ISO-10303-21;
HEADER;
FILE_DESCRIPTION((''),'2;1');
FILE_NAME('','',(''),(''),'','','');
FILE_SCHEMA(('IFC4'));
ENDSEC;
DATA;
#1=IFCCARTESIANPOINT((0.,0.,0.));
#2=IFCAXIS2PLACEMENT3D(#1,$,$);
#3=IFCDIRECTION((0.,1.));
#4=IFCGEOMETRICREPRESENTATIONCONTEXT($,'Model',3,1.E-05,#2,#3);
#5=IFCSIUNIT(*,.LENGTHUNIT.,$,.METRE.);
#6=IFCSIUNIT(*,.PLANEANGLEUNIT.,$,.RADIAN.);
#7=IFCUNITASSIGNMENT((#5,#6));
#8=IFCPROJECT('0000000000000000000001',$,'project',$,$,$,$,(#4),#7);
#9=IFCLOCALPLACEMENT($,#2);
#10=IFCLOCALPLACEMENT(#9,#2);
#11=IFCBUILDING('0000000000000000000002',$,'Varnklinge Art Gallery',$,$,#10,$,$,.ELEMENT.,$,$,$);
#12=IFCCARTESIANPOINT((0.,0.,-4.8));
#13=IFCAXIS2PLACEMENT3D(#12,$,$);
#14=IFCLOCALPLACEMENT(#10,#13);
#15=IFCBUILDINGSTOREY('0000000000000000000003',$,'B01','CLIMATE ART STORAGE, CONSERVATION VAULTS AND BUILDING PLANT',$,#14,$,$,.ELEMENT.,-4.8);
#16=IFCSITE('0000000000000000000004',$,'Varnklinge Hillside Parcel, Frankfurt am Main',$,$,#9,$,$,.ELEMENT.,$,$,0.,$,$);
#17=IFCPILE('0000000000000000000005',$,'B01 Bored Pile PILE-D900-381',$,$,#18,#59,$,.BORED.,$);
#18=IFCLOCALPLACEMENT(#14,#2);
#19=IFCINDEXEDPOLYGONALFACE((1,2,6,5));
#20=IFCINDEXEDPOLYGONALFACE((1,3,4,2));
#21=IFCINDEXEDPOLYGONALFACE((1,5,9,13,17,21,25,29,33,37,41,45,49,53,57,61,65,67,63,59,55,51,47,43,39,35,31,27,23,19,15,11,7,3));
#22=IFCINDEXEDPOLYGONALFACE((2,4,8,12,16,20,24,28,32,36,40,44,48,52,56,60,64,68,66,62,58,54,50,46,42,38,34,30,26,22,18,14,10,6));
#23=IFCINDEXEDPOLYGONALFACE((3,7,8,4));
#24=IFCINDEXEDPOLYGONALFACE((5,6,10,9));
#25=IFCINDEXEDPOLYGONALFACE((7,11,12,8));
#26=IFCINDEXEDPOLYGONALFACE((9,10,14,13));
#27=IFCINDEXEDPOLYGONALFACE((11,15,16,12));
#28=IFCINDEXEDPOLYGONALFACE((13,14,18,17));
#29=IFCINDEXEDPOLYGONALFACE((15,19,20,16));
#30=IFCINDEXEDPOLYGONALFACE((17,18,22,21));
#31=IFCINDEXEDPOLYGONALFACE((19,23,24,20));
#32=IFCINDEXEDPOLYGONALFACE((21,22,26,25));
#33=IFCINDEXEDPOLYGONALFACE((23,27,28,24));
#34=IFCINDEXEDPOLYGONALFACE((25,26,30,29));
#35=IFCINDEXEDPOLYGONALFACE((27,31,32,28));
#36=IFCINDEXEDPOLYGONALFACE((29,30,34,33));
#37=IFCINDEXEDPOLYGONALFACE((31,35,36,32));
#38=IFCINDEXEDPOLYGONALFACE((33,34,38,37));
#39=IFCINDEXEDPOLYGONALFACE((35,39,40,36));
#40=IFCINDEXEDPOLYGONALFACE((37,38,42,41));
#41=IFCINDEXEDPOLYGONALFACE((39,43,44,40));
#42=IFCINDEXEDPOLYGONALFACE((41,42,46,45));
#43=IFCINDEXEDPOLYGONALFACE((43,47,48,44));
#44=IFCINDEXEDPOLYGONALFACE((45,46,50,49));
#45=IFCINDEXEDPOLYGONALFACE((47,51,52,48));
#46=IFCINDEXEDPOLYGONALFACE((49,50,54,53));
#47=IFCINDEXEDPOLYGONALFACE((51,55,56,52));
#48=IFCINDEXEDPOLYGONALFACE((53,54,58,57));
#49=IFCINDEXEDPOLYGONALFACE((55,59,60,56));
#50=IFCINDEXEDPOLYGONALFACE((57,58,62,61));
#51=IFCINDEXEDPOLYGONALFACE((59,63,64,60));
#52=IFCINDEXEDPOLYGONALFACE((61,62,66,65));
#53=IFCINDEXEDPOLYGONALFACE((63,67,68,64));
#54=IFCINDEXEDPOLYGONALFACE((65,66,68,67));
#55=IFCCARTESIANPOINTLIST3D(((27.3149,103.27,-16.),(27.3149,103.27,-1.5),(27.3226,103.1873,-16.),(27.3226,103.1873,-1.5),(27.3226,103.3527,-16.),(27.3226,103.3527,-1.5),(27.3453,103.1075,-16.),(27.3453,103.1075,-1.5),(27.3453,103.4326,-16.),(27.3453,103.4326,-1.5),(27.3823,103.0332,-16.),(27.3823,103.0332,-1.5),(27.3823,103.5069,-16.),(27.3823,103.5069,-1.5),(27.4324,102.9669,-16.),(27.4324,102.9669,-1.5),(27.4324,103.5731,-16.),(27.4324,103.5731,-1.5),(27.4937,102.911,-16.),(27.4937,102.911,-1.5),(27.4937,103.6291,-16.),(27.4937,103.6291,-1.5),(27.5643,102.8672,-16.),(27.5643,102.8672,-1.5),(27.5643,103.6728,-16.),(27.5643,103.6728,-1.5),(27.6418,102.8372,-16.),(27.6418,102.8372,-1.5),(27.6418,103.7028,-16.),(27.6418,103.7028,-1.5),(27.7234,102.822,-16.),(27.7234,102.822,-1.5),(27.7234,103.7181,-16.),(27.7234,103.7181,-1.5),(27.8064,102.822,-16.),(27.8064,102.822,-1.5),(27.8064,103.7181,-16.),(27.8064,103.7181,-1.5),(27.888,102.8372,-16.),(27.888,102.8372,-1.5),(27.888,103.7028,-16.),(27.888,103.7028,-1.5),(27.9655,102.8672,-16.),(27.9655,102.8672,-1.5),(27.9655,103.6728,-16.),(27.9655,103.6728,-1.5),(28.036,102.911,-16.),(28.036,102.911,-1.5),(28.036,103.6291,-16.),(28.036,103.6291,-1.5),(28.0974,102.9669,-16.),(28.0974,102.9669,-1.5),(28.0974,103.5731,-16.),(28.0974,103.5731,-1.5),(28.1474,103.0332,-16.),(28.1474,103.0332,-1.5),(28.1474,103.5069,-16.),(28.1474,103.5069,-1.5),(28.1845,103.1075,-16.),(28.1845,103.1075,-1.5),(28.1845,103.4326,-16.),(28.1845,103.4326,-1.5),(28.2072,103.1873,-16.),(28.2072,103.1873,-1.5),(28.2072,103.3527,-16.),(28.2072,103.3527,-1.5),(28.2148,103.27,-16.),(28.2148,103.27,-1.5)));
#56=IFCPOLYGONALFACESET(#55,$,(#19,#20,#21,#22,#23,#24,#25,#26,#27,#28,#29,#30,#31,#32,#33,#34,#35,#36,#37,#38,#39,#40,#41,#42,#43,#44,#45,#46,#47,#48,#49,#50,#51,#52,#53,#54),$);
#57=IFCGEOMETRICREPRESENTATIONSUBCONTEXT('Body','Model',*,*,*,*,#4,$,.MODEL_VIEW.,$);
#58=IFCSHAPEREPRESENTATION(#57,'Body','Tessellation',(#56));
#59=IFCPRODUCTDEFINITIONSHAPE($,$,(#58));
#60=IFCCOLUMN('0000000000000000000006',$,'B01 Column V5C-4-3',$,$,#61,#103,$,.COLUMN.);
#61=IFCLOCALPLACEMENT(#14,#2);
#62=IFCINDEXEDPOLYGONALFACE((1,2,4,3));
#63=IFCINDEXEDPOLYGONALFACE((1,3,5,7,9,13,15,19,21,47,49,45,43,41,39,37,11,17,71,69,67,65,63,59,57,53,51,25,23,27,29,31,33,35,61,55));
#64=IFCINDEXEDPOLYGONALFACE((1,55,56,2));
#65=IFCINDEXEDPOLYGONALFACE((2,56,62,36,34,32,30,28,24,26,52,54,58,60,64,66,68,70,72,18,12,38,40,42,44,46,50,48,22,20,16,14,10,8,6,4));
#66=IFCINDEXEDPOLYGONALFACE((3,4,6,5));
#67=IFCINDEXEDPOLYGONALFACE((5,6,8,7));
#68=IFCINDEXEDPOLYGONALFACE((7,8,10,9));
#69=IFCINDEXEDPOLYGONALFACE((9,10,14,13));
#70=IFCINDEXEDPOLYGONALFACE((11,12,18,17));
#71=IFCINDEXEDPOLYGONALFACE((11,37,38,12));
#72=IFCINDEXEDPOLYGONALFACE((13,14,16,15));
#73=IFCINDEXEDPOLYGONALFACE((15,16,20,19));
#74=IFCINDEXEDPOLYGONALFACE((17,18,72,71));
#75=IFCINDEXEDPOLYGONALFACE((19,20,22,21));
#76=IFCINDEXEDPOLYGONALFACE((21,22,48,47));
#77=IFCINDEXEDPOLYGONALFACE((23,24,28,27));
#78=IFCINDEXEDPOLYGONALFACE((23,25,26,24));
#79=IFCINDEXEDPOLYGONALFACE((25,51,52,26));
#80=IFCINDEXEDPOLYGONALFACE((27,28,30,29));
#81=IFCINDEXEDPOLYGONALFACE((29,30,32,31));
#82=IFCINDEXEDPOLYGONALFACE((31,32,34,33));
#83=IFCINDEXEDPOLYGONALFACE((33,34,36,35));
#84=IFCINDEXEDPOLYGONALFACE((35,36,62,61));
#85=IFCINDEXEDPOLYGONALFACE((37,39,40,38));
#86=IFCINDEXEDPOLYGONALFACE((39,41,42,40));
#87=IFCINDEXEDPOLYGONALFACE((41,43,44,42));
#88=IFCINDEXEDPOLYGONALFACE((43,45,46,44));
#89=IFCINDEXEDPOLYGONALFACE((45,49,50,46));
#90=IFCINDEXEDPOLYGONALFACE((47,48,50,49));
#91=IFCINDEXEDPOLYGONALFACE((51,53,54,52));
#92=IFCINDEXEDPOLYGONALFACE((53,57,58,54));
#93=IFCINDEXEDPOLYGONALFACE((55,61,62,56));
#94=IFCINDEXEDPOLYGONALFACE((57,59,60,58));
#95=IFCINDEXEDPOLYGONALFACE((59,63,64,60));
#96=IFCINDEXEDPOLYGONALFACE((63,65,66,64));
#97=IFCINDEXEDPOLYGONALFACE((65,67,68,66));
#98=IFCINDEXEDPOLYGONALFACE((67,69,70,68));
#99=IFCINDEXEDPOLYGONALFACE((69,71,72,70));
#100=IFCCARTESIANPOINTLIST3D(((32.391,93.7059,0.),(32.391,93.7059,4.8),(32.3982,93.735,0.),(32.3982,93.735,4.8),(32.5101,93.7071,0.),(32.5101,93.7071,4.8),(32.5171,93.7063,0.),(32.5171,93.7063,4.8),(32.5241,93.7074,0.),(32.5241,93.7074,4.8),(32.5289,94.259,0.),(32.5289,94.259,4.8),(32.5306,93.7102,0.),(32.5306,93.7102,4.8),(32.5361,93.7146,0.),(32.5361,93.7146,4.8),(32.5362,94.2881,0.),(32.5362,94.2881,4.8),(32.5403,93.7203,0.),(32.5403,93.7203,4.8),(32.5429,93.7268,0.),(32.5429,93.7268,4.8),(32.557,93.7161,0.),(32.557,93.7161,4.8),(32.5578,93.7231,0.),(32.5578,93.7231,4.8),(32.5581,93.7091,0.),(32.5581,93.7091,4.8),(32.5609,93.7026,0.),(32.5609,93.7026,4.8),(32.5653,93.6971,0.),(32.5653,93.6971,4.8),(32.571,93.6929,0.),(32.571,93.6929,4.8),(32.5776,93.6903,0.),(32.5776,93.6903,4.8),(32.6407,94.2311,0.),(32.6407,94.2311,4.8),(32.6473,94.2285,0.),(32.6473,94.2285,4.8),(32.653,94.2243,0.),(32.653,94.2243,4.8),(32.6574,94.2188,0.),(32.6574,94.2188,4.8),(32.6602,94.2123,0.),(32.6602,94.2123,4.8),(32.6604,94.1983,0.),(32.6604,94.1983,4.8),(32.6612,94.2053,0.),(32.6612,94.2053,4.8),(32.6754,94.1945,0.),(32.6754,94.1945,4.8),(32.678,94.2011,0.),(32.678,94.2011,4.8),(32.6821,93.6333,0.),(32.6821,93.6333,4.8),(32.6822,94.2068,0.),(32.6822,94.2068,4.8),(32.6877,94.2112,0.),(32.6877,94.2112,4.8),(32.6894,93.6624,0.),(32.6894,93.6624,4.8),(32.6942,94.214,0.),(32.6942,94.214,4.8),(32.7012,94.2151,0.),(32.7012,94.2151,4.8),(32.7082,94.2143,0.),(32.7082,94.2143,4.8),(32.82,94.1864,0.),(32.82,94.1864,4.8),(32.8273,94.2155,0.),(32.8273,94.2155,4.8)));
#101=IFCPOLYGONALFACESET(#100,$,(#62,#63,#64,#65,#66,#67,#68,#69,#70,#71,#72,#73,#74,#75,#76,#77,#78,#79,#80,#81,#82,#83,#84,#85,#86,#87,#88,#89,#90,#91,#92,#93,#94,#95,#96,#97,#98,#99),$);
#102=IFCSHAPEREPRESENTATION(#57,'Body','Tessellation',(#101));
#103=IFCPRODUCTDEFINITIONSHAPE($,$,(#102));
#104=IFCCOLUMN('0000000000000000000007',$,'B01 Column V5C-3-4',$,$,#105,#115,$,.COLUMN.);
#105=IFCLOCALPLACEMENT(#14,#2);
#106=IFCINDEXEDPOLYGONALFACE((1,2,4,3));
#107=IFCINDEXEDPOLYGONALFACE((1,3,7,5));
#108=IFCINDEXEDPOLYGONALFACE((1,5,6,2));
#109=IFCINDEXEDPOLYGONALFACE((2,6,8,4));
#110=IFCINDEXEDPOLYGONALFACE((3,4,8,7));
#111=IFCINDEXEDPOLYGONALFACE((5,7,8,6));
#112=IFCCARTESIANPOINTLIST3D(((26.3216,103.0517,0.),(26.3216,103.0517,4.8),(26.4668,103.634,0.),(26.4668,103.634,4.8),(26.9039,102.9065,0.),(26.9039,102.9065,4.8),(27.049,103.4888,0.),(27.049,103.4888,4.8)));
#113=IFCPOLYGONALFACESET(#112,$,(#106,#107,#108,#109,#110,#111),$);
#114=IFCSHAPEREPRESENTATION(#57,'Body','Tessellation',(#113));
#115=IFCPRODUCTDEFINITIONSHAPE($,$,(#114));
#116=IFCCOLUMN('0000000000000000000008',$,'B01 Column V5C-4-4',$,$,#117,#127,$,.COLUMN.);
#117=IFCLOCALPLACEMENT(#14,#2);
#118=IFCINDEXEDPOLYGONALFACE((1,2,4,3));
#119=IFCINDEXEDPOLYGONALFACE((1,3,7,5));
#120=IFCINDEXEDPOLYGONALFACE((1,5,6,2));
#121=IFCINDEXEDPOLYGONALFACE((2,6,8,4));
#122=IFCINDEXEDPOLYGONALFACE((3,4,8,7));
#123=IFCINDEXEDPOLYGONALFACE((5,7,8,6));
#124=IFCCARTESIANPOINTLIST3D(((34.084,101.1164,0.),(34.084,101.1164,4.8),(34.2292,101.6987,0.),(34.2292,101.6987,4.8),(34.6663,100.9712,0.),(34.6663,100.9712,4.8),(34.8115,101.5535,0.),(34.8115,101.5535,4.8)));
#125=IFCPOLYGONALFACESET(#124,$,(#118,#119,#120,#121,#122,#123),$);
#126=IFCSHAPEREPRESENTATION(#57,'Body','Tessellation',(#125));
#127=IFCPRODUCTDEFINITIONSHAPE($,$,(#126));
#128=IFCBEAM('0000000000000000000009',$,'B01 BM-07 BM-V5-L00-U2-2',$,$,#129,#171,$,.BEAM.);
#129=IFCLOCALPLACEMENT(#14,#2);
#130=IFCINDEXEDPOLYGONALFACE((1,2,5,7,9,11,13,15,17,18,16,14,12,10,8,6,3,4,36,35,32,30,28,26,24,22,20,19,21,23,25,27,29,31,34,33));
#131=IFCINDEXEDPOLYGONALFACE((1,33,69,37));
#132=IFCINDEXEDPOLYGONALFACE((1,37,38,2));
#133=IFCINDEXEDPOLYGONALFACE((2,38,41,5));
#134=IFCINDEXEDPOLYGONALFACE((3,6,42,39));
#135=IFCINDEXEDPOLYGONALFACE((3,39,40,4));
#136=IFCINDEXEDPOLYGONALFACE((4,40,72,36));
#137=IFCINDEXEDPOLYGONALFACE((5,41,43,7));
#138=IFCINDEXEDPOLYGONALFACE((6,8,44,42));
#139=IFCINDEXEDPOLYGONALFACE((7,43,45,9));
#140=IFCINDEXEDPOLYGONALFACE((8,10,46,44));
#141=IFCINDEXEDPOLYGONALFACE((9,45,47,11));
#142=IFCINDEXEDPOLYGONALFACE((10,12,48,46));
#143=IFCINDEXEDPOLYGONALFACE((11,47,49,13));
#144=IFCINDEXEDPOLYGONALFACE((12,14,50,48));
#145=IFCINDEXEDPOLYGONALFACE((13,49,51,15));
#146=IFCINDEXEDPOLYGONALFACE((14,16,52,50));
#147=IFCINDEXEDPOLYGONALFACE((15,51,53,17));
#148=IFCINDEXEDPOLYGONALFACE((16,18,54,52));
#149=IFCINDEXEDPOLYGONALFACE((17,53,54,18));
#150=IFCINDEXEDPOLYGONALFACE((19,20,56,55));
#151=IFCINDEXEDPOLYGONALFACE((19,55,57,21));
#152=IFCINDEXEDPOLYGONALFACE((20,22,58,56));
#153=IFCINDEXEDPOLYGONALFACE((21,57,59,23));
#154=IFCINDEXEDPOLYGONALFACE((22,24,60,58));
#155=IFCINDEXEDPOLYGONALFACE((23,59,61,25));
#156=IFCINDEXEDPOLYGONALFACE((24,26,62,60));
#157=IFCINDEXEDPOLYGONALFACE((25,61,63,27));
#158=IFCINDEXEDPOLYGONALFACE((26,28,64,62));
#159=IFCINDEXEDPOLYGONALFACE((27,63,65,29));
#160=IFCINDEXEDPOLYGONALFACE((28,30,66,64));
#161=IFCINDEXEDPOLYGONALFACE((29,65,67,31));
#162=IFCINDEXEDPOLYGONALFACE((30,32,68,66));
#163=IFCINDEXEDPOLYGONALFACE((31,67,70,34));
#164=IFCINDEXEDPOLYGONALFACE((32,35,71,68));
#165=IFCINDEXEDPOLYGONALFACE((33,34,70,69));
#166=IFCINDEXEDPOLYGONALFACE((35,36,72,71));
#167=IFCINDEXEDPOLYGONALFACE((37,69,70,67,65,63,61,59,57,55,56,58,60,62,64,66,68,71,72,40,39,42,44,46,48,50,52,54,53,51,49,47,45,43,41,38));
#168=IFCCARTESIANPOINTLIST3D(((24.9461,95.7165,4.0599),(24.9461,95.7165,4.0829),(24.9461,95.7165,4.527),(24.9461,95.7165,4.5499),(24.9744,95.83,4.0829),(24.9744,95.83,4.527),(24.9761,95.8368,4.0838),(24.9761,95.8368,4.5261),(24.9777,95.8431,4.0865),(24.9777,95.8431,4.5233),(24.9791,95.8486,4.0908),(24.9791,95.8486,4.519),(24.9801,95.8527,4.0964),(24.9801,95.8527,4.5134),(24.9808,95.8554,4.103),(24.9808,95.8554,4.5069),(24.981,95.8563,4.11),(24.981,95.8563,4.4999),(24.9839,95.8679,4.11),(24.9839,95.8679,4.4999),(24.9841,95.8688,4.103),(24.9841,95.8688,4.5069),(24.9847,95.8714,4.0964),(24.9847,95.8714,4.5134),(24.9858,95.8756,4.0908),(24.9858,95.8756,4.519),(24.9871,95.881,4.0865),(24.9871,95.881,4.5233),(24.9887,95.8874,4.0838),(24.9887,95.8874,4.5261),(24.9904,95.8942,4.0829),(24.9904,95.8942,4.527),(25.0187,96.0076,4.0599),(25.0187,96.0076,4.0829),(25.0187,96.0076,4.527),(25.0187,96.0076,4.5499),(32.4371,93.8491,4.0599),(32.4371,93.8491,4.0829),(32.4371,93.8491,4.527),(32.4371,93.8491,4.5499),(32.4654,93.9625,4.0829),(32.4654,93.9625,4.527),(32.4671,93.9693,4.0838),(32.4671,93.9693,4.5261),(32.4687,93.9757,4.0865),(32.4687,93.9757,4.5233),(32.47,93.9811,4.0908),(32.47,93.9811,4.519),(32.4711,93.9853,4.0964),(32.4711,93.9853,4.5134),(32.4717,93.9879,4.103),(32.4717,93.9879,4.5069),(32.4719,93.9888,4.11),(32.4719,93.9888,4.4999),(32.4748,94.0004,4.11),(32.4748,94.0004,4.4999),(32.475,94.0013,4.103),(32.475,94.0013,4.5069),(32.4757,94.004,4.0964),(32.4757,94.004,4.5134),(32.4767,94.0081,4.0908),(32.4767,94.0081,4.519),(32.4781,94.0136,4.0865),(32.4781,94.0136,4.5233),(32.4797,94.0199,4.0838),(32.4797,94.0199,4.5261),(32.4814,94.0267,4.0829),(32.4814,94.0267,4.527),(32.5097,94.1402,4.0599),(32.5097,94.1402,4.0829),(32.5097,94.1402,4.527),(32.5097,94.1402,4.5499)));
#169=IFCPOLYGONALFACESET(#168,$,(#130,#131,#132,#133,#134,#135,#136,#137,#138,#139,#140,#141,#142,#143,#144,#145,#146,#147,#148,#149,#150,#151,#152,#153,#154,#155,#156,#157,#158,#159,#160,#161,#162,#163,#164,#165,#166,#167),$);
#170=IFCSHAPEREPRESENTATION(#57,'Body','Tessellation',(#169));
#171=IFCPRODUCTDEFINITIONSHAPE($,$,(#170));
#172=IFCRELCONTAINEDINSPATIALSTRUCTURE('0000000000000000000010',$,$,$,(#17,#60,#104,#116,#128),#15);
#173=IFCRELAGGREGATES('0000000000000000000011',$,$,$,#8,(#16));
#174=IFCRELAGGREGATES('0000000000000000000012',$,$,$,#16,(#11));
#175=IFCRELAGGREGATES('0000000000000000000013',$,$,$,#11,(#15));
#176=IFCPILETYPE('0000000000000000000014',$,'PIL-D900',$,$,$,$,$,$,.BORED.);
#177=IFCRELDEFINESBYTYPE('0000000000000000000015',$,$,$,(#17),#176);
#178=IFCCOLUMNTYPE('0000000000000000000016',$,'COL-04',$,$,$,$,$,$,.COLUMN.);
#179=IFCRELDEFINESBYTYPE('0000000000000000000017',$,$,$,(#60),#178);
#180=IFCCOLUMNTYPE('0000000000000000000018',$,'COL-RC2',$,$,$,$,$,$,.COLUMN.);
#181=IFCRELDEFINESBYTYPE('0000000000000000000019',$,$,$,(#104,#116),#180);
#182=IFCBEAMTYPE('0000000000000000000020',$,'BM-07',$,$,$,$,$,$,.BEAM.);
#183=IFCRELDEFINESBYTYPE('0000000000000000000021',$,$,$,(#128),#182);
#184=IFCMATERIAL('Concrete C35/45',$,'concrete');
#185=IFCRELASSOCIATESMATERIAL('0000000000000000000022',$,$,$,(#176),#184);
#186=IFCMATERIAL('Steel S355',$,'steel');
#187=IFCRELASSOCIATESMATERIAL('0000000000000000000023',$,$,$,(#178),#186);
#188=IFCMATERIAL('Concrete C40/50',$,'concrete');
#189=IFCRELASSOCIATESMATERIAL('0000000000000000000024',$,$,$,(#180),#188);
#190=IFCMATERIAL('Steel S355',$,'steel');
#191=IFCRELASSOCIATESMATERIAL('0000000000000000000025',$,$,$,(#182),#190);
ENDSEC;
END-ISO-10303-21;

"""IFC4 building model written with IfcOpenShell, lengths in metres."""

from ifc_helpers import new_model, si_unit, direction, frame, origin, origin_2d, place, context, subcontext, project, spatial, rectangle, circle, i_section, extrude, material, material_profile, profile_set, type_object, element, save


model = new_model("IFC4")

# Units and contexts
model_context = context("Model", 3, precision=1e-05, world=origin(), true_north=direction((0.0, 1.0)))
body_context = subcontext(model_context, "Body", "Model", "MODEL_VIEW")
ifc_project = project(units=[si_unit("LENGTHUNIT", "METRE"), si_unit("PLANEANGLEUNIT", "RADIAN")], contexts=[model_context])

# Site, building, storey
site_placement = place(None, origin())
site = spatial("IfcSite", under=ifc_project, at=site_placement, Name="Varnklinge Hillside Parcel, Frankfurt am Main", CompositionType="ELEMENT", RefElevation=0.0)
building_placement = place(site_placement, origin())
building = spatial("IfcBuilding", under=site, at=building_placement, Name="Varnklinge Art Gallery", CompositionType="ELEMENT")
storey_placement = place(building_placement, frame((0.0, 0.0, -4.8)))
storey = spatial("IfcBuildingStorey", under=building, at=storey_placement, Name="B01", Description="CLIMATE ART STORAGE, CONSERVATION VAULTS AND BUILDING PLANT", CompositionType="ELEMENT", Elevation=-4.8)

# Pile
ifc_material_1 = material(Name="Concrete C35/45", Category="concrete")
ifc_material_profile_1 = material_profile(ifc_material_1, circle(Radius=0.45, at=origin_2d()), Name="PILE D900")
ifc_profile_set_1 = profile_set([ifc_material_profile_1], Name="Concrete C35/45")
pile_type = type_object("IfcPileType", Name="PIL-D900", PredefinedType="BORED", material=ifc_profile_set_1)
for number, where, z_axis, x_axis, name in (
    (1, (27.7649, 103.27, -1.5), (0.0, 0.0, -1.0), (1.0, 0.0, 0.0), "B01 Bored Pile PILE-D900-381"),
):
    element("IfcPile", number, at=place(storey_placement, frame(where, z_axis=z_axis, x_axis=x_axis)), inside=storey, type_object=pile_type, Name=name, PredefinedType="BORED", context=body_context, shape_type="SweptSolid", body=[
        extrude(circle(Radius=0.45, at=origin_2d()), origin(), (0.0, 0.0, 1.0), 14.5),
    ])

# Columns
ifc_material_2 = material(Name="Steel S355", Category="steel")
ifc_material_profile_2 = material_profile(ifc_material_2, i_section(OverallWidth=0.3, OverallDepth=0.6001, WebThickness=0.0154, FlangeThickness=0.03, FilletRadius=0.0271, at=origin_2d()), Name="HEB 600")
ifc_profile_set_2 = profile_set([ifc_material_profile_2], Name="Steel S355")
column_type_1 = type_object("IfcColumnType", Name="COL-04", PredefinedType="COLUMN", material=ifc_profile_set_2)
column_placement = place(storey_placement, frame((32.6091, 93.9607, 0.0), z_axis=(0.0, 0.0, 1.0), x_axis=(0.970296, -0.241922, 0.0)))
element("IfcColumn", 2, at=column_placement, inside=storey, type_object=column_type_1, Name="B01 Column V5C-4-3", PredefinedType="COLUMN", context=body_context, shape_type="SweptSolid", body=[
    extrude(i_section(OverallWidth=0.3, OverallDepth=0.6001, WebThickness=0.0154, FlangeThickness=0.03, FilletRadius=0.0271, at=origin_2d()), origin(), (0.0, 0.0, 1.0), 4.8),
])
ifc_material_3 = material(Name="Concrete C40/50", Category="concrete")
ifc_material_profile_3 = material_profile(ifc_material_3, rectangle(XDim=0.6001, YDim=0.6001, at=origin_2d()), Name="RC 600x600")
ifc_profile_set_3 = profile_set([ifc_material_profile_3], Name="Concrete C40/50")
column_type_2 = type_object("IfcColumnType", Name="COL-RC2", PredefinedType="COLUMN", material=ifc_profile_set_3)
for number, where, z_axis, x_axis, name in (
    (3, (26.6853, 103.2703, 0.0), (0.0, 0.0, 1.0), (0.970296, -0.241922, 0.0), "B01 Column V5C-3-4"),
    (4, (34.4478, 101.335, 0.0), (0.0, 0.0, 1.0), (0.970296, -0.241922, 0.0), "B01 Column V5C-4-4"),
):
    element("IfcColumn", number, at=place(storey_placement, frame(where, z_axis=z_axis, x_axis=x_axis)), inside=storey, type_object=column_type_2, Name=name, PredefinedType="COLUMN", context=body_context, shape_type="SweptSolid", body=[
        extrude(rectangle(XDim=0.6001, YDim=0.6001, at=origin_2d()), origin(), (0.0, 0.0, 1.0), 4.8),
    ])

# Beam
ifc_material_4 = material(Name="Steel S355", Category="steel")
ifc_material_profile_4 = material_profile(ifc_material_4, i_section(OverallWidth=0.3, OverallDepth=0.49, WebThickness=0.012, FlangeThickness=0.0229, FilletRadius=0.0271, at=origin_2d()), Name="HEA 500")
ifc_profile_set_4 = profile_set([ifc_material_profile_4], Name="Steel S355")
beam_type_1 = type_object("IfcBeamType", Name="BM-07", PredefinedType="BEAM", material=ifc_profile_set_4)
beam_1_placement = place(storey_placement, frame((24.9824, 95.8621, 4.3049), z_axis=(0.970304, -0.241888, 0.0), x_axis=(0.241888, 0.970304, 0.0)))
element("IfcBeam", 5, at=beam_1_placement, inside=storey, type_object=beam_type_1, Name="B01 BM-07 BM-V5-L00-U2-2", PredefinedType="BEAM", context=body_context, shape_type="SweptSolid", body=[
    extrude(i_section(OverallWidth=0.3, OverallDepth=0.49, WebThickness=0.012, FlangeThickness=0.0229, FilletRadius=0.0271, at=origin_2d()), origin(), (0.0, 0.0, 1.0), 7.7202),
])

save(model, "model.ifc")
